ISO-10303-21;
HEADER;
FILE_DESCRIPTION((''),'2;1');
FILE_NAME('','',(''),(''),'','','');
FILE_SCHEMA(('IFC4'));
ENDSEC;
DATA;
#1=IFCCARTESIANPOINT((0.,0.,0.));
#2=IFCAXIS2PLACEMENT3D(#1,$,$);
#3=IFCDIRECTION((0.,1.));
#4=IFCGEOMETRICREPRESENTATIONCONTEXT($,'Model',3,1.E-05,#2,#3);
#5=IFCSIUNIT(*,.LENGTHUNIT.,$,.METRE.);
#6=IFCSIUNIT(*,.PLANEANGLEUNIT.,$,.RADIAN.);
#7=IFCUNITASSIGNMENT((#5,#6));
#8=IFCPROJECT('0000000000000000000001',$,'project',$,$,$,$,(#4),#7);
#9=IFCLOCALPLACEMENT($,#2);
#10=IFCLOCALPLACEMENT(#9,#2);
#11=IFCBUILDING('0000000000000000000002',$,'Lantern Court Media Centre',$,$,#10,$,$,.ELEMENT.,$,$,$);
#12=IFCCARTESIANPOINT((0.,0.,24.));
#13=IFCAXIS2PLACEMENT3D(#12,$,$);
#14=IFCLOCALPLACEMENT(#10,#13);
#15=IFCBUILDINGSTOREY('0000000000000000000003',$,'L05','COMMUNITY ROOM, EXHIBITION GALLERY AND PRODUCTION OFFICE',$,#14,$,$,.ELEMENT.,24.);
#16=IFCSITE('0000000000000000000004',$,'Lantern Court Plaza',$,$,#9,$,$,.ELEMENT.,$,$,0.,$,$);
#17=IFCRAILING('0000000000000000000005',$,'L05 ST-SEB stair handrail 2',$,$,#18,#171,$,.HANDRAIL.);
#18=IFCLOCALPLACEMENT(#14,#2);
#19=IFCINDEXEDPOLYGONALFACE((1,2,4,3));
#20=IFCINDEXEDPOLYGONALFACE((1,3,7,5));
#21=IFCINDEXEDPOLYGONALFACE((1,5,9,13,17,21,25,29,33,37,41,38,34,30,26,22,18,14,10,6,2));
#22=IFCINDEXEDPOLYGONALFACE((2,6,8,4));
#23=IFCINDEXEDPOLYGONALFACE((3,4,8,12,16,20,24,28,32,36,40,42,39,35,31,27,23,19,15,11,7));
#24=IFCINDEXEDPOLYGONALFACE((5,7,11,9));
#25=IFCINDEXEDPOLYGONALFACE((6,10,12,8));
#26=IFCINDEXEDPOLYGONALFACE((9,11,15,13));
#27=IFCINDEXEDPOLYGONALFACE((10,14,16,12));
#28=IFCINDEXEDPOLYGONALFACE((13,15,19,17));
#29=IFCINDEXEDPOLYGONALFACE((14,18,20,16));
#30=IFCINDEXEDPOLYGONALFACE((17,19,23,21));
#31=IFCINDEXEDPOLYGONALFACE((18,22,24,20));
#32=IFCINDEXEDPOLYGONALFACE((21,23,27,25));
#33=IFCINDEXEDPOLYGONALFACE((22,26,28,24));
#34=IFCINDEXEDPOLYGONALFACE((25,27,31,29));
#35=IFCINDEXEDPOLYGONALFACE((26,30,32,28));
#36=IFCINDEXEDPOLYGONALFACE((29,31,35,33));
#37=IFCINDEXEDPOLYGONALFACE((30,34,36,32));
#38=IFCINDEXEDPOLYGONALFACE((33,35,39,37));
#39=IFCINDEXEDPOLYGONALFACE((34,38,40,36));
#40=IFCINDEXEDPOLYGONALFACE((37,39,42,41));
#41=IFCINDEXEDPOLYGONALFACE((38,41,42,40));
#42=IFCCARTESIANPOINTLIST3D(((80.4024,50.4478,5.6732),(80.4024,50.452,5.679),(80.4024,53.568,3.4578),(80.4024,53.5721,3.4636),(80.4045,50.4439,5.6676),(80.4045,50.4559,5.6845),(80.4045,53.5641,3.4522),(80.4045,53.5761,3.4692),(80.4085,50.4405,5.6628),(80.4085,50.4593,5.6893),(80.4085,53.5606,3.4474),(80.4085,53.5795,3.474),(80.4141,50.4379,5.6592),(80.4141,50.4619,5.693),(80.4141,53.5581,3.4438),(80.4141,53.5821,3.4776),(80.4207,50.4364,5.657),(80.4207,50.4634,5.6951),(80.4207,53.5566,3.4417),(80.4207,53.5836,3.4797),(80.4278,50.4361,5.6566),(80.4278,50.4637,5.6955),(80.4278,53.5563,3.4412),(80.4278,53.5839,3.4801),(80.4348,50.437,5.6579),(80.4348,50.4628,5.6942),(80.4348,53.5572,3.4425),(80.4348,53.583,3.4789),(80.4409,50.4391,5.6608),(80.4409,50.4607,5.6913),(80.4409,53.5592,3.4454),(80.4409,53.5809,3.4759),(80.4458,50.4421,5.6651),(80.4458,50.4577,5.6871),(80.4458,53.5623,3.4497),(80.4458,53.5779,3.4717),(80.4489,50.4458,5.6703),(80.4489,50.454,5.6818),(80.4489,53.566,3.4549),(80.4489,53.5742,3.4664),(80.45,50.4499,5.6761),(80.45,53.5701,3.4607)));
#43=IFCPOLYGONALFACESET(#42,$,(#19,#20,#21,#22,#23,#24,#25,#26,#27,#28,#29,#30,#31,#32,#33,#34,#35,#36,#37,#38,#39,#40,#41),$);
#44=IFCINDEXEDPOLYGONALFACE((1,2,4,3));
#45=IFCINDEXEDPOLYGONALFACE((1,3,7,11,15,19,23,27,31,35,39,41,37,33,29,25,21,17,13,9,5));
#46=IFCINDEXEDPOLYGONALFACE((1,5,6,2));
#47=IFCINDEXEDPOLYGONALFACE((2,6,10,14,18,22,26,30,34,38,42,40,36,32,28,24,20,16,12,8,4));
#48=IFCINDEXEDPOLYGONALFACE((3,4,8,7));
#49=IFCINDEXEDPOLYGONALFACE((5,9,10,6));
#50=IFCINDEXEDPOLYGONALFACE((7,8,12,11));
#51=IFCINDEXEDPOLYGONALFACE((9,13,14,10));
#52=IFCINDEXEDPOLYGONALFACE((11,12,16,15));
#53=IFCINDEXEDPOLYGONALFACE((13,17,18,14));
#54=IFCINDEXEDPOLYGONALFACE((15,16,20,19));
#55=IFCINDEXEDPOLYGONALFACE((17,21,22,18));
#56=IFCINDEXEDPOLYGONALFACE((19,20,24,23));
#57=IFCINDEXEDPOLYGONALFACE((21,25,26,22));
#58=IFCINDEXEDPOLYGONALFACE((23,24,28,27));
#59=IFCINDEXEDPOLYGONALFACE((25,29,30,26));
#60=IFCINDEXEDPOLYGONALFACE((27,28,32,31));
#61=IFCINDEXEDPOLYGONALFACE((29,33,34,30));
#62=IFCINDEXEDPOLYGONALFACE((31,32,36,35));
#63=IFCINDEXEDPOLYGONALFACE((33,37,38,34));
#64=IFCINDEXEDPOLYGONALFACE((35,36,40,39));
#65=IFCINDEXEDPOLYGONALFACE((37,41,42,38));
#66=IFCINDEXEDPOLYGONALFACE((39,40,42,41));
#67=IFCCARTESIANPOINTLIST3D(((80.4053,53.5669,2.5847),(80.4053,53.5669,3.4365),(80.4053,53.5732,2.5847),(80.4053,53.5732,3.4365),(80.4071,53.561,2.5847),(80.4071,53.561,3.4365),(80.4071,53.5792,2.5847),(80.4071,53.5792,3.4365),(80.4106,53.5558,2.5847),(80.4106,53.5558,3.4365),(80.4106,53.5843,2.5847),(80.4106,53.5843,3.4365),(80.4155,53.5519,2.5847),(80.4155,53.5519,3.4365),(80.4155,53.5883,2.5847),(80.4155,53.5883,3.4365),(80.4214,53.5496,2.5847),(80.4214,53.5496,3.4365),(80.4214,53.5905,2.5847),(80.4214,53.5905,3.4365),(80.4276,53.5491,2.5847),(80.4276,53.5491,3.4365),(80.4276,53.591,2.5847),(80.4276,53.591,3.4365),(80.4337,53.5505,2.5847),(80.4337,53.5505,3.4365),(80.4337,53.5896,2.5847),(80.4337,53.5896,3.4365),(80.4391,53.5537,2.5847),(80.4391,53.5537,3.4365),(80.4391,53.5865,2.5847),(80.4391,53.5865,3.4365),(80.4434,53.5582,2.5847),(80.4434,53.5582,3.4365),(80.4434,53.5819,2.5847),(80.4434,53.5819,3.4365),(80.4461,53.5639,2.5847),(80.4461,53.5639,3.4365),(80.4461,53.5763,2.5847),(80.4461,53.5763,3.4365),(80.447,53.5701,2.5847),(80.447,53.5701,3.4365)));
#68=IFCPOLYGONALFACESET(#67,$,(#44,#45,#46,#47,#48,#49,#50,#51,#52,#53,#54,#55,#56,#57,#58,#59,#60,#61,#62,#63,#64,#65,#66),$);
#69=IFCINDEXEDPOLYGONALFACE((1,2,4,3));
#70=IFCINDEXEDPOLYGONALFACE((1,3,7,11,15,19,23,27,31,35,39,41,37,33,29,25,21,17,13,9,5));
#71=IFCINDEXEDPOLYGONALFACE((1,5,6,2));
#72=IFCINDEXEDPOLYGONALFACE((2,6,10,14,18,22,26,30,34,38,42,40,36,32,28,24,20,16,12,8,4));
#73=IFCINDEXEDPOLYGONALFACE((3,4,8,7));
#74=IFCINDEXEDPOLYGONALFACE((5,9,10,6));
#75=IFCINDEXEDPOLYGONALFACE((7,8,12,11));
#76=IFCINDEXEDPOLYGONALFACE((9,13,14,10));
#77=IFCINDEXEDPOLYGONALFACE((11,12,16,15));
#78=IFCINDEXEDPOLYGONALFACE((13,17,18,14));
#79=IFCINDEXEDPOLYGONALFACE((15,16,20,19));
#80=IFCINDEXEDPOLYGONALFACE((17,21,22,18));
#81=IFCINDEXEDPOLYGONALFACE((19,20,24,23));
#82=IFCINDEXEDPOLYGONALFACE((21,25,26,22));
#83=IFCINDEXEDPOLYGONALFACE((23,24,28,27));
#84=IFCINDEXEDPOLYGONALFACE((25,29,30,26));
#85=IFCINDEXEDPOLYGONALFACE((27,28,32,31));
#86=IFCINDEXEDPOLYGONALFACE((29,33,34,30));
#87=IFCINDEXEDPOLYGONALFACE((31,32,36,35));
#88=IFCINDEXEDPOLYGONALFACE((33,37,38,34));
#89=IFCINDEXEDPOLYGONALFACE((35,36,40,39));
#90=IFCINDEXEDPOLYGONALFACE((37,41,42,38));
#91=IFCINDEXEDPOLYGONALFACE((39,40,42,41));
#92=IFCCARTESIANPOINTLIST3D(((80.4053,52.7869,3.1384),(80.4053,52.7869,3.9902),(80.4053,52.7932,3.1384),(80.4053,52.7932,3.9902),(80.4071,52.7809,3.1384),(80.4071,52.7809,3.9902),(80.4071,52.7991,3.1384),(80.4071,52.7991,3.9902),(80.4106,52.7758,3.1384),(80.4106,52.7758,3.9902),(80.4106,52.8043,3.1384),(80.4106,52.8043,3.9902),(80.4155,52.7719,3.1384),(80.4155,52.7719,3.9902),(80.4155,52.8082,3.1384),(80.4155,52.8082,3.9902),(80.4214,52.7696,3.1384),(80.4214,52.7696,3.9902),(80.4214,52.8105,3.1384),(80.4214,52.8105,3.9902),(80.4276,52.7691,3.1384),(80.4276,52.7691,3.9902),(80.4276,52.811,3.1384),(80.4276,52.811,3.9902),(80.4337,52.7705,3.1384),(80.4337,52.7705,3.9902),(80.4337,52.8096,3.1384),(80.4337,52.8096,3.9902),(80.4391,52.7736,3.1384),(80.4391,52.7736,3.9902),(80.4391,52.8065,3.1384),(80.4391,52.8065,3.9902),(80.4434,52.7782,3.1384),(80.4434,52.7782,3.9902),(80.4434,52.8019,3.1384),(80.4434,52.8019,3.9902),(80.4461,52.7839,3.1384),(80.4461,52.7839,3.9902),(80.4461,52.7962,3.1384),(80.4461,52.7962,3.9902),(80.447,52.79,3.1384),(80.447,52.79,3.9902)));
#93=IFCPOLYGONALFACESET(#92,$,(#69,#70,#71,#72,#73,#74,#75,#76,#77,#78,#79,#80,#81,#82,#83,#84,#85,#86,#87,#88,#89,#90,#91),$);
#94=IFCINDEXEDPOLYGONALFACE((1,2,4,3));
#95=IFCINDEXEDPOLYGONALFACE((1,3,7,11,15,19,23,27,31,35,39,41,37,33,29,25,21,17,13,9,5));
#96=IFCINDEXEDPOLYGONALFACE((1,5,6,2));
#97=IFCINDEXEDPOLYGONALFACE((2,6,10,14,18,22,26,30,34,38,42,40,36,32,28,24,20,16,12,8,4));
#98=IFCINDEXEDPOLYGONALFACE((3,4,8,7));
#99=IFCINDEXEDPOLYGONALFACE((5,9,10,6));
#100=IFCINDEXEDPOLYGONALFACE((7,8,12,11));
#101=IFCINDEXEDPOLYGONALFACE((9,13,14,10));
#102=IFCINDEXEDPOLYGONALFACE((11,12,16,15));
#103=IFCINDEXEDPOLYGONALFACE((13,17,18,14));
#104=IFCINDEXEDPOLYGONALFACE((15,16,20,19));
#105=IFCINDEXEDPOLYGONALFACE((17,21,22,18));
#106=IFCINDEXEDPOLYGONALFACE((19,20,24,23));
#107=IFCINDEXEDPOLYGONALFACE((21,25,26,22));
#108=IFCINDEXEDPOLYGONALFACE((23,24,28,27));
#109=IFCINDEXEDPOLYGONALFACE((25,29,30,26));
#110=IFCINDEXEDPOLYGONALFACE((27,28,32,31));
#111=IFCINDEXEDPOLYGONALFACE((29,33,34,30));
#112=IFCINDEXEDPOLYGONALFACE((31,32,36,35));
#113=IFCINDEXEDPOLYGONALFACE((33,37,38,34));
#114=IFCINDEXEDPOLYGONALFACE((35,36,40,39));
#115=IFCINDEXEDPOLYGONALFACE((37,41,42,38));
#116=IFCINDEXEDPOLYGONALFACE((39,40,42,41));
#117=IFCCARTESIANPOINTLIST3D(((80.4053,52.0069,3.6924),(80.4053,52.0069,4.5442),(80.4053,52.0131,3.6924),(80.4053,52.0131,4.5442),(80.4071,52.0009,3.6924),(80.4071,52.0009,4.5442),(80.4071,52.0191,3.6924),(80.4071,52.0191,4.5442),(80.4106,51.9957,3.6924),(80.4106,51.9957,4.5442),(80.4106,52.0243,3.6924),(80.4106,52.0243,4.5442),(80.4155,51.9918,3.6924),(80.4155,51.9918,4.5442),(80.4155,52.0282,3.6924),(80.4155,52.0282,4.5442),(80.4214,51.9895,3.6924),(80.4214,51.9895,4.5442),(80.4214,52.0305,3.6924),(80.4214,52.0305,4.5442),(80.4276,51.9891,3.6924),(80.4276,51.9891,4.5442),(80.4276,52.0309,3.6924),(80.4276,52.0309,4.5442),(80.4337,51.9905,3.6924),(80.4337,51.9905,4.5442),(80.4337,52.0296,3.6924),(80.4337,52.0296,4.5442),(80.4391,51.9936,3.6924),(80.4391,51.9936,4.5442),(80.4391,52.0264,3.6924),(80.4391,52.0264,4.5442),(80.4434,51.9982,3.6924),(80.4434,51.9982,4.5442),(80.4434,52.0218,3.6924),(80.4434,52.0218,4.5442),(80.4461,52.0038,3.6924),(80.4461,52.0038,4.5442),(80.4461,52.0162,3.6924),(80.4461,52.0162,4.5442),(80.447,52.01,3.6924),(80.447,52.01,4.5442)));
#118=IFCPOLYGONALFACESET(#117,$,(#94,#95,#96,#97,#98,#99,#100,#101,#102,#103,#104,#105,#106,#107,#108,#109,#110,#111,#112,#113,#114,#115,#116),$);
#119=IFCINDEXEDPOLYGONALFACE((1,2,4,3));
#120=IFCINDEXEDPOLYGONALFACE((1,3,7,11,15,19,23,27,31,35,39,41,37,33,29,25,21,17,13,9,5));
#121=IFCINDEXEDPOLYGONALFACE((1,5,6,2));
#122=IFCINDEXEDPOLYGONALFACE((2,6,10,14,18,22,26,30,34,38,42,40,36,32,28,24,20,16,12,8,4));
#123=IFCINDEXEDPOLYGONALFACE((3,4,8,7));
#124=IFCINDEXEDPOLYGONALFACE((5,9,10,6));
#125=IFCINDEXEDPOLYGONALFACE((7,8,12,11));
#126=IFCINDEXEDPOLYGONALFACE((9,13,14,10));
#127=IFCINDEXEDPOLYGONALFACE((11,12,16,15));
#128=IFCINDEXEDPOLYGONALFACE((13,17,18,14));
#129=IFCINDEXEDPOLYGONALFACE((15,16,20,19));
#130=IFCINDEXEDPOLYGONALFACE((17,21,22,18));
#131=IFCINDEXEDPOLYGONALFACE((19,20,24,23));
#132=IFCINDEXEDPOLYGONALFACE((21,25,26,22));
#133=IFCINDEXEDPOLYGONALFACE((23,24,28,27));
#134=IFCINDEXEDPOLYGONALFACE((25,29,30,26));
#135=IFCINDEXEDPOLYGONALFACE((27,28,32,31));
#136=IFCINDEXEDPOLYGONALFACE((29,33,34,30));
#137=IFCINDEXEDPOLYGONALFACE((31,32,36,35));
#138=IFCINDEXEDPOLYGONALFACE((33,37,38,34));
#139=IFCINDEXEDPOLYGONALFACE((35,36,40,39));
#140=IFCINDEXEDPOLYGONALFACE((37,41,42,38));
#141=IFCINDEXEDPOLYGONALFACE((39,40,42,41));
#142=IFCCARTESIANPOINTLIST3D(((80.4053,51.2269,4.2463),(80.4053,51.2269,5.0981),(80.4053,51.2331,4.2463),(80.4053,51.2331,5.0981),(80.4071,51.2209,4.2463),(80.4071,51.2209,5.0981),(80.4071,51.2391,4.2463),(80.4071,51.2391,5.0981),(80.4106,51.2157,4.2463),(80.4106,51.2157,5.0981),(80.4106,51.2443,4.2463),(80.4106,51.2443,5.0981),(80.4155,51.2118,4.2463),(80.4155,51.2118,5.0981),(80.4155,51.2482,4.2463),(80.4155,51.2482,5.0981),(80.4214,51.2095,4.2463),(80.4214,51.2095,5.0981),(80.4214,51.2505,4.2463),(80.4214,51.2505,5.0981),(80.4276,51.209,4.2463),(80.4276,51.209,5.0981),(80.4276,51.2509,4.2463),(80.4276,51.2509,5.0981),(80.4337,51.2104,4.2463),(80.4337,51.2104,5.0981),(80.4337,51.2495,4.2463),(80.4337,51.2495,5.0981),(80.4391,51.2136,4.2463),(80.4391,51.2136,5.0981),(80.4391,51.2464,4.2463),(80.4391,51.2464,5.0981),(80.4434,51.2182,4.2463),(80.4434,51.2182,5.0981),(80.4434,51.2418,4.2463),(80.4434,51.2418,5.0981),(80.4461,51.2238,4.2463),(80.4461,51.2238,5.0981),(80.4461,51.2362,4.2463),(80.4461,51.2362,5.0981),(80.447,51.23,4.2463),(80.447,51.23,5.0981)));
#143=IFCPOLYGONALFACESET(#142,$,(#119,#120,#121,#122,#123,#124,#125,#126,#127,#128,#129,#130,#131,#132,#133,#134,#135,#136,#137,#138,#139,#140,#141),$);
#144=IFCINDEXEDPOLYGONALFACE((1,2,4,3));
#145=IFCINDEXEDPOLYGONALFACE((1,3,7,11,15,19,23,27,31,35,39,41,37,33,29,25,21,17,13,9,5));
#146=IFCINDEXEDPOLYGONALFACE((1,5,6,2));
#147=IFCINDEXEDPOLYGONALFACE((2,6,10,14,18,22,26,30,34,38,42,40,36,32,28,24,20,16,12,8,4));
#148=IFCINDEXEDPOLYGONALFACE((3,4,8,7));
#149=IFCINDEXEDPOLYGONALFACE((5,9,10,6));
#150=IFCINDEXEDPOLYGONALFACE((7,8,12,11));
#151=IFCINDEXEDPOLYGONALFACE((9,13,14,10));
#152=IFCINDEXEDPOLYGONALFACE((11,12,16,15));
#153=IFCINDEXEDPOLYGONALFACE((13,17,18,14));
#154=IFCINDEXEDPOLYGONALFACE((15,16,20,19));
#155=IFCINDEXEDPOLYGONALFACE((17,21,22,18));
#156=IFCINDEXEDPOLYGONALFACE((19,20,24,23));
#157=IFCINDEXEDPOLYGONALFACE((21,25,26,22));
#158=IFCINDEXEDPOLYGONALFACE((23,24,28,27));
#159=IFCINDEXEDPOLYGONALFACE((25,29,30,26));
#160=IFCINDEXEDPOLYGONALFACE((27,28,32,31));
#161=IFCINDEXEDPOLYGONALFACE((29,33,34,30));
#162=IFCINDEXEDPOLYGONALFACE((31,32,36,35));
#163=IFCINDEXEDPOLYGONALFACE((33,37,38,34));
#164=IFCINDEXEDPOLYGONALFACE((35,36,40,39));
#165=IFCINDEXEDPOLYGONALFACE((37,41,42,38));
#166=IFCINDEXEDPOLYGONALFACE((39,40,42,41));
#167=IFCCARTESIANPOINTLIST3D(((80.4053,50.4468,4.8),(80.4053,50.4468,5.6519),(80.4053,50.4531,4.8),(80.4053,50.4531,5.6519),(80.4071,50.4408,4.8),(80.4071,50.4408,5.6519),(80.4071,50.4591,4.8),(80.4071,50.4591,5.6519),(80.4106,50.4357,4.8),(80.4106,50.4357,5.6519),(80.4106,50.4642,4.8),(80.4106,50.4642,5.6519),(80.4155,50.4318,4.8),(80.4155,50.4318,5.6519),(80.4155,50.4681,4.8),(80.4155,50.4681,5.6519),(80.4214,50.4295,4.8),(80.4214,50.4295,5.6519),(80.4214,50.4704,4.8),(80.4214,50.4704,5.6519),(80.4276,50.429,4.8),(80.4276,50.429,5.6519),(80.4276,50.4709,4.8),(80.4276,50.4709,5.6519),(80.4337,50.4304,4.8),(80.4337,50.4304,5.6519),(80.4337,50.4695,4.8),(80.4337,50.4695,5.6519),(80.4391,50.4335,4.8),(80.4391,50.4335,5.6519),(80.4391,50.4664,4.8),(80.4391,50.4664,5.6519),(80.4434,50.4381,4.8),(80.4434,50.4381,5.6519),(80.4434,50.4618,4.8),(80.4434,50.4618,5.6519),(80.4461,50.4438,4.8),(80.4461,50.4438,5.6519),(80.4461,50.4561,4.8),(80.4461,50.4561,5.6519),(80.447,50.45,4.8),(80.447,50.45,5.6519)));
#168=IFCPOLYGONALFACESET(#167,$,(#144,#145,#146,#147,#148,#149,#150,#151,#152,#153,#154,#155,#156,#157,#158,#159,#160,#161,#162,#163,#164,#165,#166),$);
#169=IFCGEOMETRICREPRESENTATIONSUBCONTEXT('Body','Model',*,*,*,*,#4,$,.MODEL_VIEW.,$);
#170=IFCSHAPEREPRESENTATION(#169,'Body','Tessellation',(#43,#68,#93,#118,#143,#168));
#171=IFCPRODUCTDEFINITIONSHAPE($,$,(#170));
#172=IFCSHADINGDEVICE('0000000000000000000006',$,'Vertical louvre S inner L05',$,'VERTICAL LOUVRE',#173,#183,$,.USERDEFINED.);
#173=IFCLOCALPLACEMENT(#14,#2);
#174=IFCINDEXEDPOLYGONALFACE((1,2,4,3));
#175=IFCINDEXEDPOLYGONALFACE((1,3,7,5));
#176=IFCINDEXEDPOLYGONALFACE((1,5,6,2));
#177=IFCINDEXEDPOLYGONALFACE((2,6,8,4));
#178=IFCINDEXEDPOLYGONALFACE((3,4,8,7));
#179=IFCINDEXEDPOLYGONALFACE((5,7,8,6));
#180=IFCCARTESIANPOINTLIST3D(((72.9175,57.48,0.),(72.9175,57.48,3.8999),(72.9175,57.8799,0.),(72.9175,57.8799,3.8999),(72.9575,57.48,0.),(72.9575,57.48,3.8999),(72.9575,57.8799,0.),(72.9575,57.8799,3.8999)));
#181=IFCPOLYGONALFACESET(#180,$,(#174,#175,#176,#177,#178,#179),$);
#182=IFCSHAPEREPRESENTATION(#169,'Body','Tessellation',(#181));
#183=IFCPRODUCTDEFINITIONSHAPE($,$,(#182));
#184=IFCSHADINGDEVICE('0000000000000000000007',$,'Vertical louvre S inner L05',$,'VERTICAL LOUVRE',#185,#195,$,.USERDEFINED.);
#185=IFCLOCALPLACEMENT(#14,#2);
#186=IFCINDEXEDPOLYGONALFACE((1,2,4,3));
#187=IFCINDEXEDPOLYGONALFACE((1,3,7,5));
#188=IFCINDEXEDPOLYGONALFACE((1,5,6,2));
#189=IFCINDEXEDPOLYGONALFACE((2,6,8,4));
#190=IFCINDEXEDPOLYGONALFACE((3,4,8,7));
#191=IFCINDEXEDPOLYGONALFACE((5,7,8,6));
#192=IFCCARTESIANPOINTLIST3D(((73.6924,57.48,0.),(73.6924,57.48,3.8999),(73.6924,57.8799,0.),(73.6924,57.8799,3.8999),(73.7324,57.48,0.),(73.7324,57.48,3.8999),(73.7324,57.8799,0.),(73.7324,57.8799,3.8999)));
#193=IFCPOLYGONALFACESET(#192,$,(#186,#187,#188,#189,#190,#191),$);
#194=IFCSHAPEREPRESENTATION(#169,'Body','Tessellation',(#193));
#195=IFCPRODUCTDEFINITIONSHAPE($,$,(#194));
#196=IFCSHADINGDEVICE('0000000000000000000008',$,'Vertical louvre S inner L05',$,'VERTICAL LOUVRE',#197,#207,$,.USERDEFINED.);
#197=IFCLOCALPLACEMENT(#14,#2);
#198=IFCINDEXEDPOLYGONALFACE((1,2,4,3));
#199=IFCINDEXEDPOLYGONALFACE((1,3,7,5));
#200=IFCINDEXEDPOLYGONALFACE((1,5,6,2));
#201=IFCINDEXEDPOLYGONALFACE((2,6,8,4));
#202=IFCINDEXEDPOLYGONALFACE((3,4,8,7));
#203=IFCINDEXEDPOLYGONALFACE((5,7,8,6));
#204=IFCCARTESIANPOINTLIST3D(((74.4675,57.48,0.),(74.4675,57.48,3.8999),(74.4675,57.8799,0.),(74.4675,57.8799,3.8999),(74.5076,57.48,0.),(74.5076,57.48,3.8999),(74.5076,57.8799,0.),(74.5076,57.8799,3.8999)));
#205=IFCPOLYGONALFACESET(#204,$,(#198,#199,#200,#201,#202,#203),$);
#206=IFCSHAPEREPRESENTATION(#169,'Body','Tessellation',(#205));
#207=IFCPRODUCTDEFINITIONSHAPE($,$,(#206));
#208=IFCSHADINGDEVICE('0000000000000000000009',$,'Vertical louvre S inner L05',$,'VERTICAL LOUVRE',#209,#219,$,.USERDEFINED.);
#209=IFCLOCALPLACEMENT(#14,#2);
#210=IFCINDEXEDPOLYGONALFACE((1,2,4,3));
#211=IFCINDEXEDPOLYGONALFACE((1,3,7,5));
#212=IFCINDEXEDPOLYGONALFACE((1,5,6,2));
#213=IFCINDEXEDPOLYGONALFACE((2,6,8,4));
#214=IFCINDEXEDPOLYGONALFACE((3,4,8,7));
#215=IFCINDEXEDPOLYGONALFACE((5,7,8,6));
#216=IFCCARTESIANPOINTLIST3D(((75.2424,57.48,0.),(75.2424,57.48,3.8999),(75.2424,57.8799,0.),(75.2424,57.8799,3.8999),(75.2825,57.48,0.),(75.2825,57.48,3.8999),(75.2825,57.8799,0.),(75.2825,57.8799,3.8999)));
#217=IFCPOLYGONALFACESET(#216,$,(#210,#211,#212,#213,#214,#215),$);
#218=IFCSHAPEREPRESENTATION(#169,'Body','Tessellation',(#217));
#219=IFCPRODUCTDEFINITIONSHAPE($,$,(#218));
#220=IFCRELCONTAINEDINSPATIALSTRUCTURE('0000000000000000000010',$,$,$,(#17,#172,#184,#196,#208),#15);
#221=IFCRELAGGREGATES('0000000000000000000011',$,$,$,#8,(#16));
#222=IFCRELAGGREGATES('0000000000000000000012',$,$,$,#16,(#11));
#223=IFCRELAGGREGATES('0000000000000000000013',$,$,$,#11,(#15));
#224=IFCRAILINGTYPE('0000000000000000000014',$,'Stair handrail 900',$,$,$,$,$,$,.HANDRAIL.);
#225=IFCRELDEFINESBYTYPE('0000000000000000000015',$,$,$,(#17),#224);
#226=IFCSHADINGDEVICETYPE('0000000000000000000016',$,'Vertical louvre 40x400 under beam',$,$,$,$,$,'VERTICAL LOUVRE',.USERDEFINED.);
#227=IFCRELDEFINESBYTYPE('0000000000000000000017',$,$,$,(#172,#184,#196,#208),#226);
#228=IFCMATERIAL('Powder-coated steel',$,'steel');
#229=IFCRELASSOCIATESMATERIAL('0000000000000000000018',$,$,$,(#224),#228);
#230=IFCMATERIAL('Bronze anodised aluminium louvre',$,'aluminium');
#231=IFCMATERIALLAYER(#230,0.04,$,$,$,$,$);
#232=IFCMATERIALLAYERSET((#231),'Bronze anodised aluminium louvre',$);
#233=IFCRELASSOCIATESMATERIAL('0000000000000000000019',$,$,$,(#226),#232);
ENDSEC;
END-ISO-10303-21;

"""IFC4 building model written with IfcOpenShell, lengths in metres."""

from ifc_helpers import new_model, si_unit, direction, frame, origin, origin_2d, place, context, subcontext, project, spatial, rectangle, circle, extrude, material, layer, layer_set, type_object, element, save


model = new_model("IFC4")

# Units and contexts
model_context = context("Model", 3, precision=1e-05, world=origin(), true_north=direction((0.0, 1.0)))
body_context = subcontext(model_context, "Body", "Model", "MODEL_VIEW")
ifc_project = project(units=[si_unit("LENGTHUNIT", "METRE"), si_unit("PLANEANGLEUNIT", "RADIAN")], contexts=[model_context])

# Site, building, storey
site_placement = place(None, origin())
site = spatial("IfcSite", under=ifc_project, at=site_placement, Name="Lantern Court Plaza", CompositionType="ELEMENT", RefElevation=0.0)
building_placement = place(site_placement, origin())
building = spatial("IfcBuilding", under=site, at=building_placement, Name="Lantern Court Media Centre", CompositionType="ELEMENT")
storey_placement = place(building_placement, frame((0.0, 0.0, 24.0)))
storey = spatial("IfcBuildingStorey", under=building, at=storey_placement, Name="L05", Description="COMMUNITY ROOM, EXHIBITION GALLERY AND PRODUCTION OFFICE", CompositionType="ELEMENT", Elevation=24.0)

# Railing
ifc_material_1 = material(Name="Powder-coated steel", Category="steel")
railing_type_1 = type_object("IfcRailingType", Name="Stair handrail 900", PredefinedType="HANDRAIL", material=ifc_material_1)
for number, where, name in (
    (1, (80.426, 53.5701, 2.5847), "L05 ST-SEB stair handrail 2"),
):
    element("IfcRailing", number, at=place(storey_placement, frame(where)), inside=storey, type_object=railing_type_1, Name=name, PredefinedType="HANDRAIL", context=body_context, shape_type="SweptSolid", body=[
        extrude(circle(Radius=0.0239, at=origin_2d()), frame((0.0, 0.0, 0.876), z_axis=(0.0, -0.815377, 0.57893), x_axis=(1.0, 0.0, 0.0)), (0.0, 0.0, 1.0), 3.8267),
        extrude(circle(Radius=0.021, at=origin_2d()), origin(), (0.0, 0.0, 1.0), 0.8518),
        extrude(circle(Radius=0.021, at=origin_2d()), frame((0.0, -0.78, 0.5537)), (0.0, 0.0, 1.0), 0.8518),
        extrude(circle(Radius=0.021, at=origin_2d()), frame((0.0, -1.5601, 1.1077)), (0.0, 0.0, 1.0), 0.8518),
        extrude(circle(Radius=0.021, at=origin_2d()), frame((0.0, -2.3401, 1.6616)), (0.0, 0.0, 1.0), 0.8518),
        extrude(circle(Radius=0.021, at=origin_2d()), frame((0.0, -3.1201, 2.2153)), (0.0, 0.0, 1.0), 0.8518),
    ])

# Shading devices
ifc_material_2 = material(Name="Bronze anodised aluminium louvre", Category="aluminium")
ifc_layer_1 = layer(ifc_material_2, 0.04)
ifc_layer_set_1 = layer_set([ifc_layer_1], Name="Bronze anodised aluminium louvre")
shading_device_type = type_object("IfcShadingDeviceType", Name="Vertical louvre 40x400 under beam", ElementType="VERTICAL LOUVRE", PredefinedType="USERDEFINED", material=ifc_layer_set_1)
for number, where, z_axis, x_axis, name in (
    (2, (72.9375, 57.6799, 0.0), (0.0, 0.0, 1.0), (1.0, 0.0, 0.0), "Vertical louvre S inner L05"),
    (3, (73.7124, 57.6799, 0.0), (0.0, 0.0, 1.0), (1.0, 0.0, 0.0), "Vertical louvre S inner L05"),
    (4, (74.4875, 57.6799, 0.0), (0.0, 0.0, 1.0), (1.0, 0.0, 0.0), "Vertical louvre S inner L05"),
    (5, (75.2625, 57.6799, 0.0), (0.0, 0.0, 1.0), (1.0, 0.0, 0.0), "Vertical louvre S inner L05"),
):
    element("IfcShadingDevice", number, at=place(storey_placement, frame(where, z_axis=z_axis, x_axis=x_axis)), inside=storey, type_object=shading_device_type, Name=name, ObjectType="VERTICAL LOUVRE", PredefinedType="USERDEFINED", context=body_context, shape_type="SweptSolid", body=[
        extrude(rectangle(XDim=0.04, YDim=0.3999, at=origin_2d()), origin(), (0.0, 0.0, 1.0), 3.8999),
    ])

save(model, "model.ifc")
